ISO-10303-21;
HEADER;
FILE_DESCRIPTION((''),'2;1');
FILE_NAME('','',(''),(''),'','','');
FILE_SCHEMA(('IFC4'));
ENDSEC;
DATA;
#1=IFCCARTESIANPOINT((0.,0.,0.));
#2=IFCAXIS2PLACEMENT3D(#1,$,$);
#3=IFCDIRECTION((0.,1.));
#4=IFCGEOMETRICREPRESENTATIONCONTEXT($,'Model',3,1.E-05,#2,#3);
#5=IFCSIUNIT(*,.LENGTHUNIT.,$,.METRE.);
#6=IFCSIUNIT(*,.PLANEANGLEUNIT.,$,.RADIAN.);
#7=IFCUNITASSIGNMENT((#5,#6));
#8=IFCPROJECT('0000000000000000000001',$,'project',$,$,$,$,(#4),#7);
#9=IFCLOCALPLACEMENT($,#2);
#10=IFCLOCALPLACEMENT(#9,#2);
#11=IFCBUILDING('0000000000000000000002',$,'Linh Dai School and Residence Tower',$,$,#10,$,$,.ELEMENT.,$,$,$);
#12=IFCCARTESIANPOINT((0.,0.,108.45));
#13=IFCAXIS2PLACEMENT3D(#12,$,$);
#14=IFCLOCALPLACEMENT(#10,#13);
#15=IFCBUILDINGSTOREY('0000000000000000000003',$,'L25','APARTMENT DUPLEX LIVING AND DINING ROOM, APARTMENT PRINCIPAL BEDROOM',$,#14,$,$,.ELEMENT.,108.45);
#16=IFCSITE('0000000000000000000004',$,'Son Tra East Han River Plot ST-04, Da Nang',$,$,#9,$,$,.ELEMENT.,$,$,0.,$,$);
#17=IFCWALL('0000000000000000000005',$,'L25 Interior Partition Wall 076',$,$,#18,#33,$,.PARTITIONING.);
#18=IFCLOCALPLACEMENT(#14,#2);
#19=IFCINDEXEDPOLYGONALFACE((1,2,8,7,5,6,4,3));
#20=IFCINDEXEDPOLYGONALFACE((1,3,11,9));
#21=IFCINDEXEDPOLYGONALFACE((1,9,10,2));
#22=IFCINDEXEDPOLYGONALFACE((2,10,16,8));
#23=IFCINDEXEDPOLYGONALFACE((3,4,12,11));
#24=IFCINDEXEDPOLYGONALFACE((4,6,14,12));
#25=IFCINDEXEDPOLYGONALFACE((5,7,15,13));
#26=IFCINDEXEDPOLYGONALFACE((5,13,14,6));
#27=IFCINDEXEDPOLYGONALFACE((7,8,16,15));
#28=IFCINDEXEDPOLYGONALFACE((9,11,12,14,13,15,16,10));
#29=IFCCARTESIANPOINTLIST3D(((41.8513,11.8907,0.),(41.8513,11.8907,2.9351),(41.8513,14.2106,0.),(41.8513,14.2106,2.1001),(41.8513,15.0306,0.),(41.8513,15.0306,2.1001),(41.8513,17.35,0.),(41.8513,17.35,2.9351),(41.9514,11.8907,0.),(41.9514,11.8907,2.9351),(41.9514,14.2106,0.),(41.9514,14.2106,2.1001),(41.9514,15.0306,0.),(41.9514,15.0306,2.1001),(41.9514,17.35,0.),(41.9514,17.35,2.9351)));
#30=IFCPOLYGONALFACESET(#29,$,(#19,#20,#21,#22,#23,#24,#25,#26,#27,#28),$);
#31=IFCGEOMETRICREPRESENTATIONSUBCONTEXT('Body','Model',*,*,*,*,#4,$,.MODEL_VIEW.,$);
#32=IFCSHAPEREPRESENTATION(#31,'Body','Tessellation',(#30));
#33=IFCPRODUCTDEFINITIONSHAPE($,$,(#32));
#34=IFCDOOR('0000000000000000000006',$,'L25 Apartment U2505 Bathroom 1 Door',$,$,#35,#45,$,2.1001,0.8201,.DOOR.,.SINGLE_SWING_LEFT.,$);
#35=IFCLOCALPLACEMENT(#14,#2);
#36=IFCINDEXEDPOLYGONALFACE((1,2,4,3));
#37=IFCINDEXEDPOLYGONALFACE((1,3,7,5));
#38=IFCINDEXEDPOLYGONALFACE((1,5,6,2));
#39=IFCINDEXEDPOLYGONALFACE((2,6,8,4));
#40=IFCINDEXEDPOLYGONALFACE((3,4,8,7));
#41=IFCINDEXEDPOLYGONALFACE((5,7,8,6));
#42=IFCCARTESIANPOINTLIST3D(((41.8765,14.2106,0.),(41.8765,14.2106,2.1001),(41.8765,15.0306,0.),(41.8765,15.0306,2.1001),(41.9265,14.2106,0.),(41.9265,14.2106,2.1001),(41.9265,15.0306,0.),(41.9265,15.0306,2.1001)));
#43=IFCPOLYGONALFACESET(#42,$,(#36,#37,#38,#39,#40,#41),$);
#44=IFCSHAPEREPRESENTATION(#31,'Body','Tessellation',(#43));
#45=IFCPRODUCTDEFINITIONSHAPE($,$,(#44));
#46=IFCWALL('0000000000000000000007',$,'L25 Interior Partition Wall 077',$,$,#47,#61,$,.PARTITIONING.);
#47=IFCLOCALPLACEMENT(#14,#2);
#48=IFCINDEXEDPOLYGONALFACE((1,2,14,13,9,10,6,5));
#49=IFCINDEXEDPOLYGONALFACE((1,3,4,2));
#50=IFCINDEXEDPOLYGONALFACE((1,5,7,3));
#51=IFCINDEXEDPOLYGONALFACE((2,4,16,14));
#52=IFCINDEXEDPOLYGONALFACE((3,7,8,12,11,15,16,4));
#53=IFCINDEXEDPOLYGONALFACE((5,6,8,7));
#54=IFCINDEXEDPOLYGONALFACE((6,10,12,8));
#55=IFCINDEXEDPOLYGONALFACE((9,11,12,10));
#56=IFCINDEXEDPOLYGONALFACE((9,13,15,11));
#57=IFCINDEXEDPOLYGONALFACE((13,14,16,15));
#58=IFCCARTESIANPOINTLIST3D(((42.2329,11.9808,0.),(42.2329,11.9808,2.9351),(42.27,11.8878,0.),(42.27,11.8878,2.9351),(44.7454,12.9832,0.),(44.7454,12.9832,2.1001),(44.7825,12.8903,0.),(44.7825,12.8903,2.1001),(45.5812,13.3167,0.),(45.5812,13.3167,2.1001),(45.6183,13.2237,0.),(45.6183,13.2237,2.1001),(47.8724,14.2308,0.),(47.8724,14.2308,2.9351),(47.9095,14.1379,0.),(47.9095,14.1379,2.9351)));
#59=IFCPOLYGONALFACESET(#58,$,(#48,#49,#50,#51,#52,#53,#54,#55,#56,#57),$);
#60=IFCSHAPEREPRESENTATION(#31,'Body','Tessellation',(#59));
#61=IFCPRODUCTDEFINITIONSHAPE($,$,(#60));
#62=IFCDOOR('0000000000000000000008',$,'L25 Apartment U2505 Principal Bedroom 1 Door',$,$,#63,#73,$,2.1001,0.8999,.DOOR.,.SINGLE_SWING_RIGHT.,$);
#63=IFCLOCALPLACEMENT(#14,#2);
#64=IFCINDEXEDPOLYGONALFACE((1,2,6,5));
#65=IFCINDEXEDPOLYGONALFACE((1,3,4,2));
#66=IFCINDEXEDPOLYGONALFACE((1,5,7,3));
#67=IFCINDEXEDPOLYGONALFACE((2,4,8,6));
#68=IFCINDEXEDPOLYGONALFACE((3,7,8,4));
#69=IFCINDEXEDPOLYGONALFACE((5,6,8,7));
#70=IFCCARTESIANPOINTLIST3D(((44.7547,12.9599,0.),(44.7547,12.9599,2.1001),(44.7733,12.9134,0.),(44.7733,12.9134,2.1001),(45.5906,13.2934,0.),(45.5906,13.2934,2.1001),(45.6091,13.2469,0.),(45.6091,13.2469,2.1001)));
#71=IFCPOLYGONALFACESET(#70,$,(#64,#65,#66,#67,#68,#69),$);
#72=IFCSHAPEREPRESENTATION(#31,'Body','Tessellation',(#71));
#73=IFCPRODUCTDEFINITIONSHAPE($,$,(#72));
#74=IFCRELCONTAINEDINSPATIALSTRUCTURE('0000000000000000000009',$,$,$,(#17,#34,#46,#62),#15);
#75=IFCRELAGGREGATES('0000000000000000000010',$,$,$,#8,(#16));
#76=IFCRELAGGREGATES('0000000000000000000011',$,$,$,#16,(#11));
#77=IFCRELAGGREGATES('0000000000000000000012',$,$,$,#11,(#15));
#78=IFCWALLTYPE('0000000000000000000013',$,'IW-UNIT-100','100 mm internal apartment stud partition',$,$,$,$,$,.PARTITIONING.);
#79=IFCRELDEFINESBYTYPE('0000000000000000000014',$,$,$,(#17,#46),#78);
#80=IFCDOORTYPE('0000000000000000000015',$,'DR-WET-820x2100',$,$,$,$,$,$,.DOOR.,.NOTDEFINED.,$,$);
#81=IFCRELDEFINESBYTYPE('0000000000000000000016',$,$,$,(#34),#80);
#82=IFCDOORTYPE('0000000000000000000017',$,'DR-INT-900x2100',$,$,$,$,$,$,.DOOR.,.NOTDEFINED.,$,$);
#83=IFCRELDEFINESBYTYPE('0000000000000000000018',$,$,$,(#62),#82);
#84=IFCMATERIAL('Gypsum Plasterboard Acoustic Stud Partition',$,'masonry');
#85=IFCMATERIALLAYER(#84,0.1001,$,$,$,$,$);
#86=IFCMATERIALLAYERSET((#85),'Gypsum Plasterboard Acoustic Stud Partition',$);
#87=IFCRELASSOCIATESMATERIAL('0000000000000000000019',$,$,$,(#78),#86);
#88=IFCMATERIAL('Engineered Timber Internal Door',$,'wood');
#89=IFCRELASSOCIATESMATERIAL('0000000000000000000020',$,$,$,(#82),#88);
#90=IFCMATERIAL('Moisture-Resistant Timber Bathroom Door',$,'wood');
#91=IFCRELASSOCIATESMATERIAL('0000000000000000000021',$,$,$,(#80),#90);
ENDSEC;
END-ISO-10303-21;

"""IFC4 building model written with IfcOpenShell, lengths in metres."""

from ifc_helpers import new_model, si_unit, direction, frame, frame_2d, origin, origin_2d, place, context, subcontext, project, spatial, rectangle, extrude, source, transform, mapped, material, layer, layer_set, type_object, element, fill, save


model = new_model("IFC4")

# Units and contexts
model_context = context("Model", 3, precision=1e-05, world=origin(), true_north=direction((0.0, 1.0)))
body_context = subcontext(model_context, "Body", "Model", "MODEL_VIEW")
ifc_project = project(units=[si_unit("LENGTHUNIT", "METRE"), si_unit("PLANEANGLEUNIT", "RADIAN")], contexts=[model_context])

# Site, building, storey
site_placement = place(None, origin())
site = spatial("IfcSite", under=ifc_project, at=site_placement, Name="Son Tra East Han River Plot ST-04, Da Nang", CompositionType="ELEMENT", RefElevation=0.0)
building_placement = place(site_placement, origin())
building = spatial("IfcBuilding", under=site, at=building_placement, Name="Linh Dai School and Residence Tower", CompositionType="ELEMENT")
storey_placement = place(building_placement, frame((0.0, 0.0, 108.45)))
storey = spatial("IfcBuildingStorey", under=building, at=storey_placement, Name="L25", Description="APARTMENT DUPLEX LIVING AND DINING ROOM, APARTMENT PRINCIPAL BEDROOM", CompositionType="ELEMENT", Elevation=108.45)

# Shared definitions
ifc_material_1 = material(Name="Gypsum Plasterboard Acoustic Stud Partition", Category="masonry")
ifc_layer_1 = layer(ifc_material_1, 0.1001)
ifc_layer_set_1 = layer_set([ifc_layer_1], Name="Gypsum Plasterboard Acoustic Stud Partition")
wall_type_1 = type_object("IfcWallType", Name="IW-UNIT-100", Description="100 mm internal apartment stud partition", PredefinedType="PARTITIONING", material=ifc_layer_set_1)

# Walls, openings, doors
ifc_material_2 = material(Name="Engineered Timber Internal Door", Category="wood")
door_type_1 = type_object("IfcDoorType", Name="DR-INT-900x2100", OperationType="NOTDEFINED", PredefinedType="DOOR", material=ifc_material_2)
shared_shape_1 = source(origin(), body_context, "Body", "SweptSolid", [
    extrude(rectangle(XDim=0.8999, YDim=2.1001, at=origin_2d()), frame((0.45, 0.0249, 1.05), z_axis=(0.0, -1.0, 0.0), x_axis=(1.0, 0.0, 0.0)), (0.0, 0.0, 1.0), 0.05),
])
ifc_material_3 = material(Name="Moisture-Resistant Timber Bathroom Door", Category="wood")
door_type_2 = type_object("IfcDoorType", Name="DR-WET-820x2100", OperationType="NOTDEFINED", PredefinedType="DOOR", material=ifc_material_3)
shared_shape_2 = source(origin(), body_context, "Body", "SweptSolid", [
    extrude(rectangle(XDim=0.8201, YDim=2.1001, at=origin_2d()), frame((0.4102, 0.0249, 1.05), z_axis=(0.0, -1.0, 0.0), x_axis=(1.0, 0.0, 0.0)), (0.0, 0.0, 1.0), 0.05),
])
wall_1_placement = place(storey_placement, frame((41.9014, 11.8909, 0.0), z_axis=(0.0, 0.0, 1.0), x_axis=(0.0, 1.0, 0.0)))
wall_1 = element("IfcWall", 1, at=wall_1_placement, inside=storey, type_object=wall_type_1, Name="L25 Interior Partition Wall 076", PredefinedType="PARTITIONING", context=body_context, shape_type="SweptSolid", body=[
    extrude(rectangle(XDim=5.4592, YDim=0.1001, at=frame_2d((2.7295, 0.0))), origin(), (0.0, 0.0, 1.0), 2.9351),
])
opening_1_placement = place(wall_1_placement, frame((2.3196, 0.0, 0.0)))
opening_1 = element("IfcOpeningElement", 2, at=opening_1_placement, cuts=wall_1, PredefinedType="OPENING", context=body_context, shape_type="SweptSolid", body=[
    extrude(rectangle(XDim=0.8201, YDim=2.1001, at=origin_2d()), frame((0.4102, 0.0601, 1.05), z_axis=(0.0, -1.0, 0.0), x_axis=(1.0, 0.0, 0.0)), (0.0, 0.0, 1.0), 0.1201),
])
door_1_placement = place(opening_1_placement, origin())
door_1 = element("IfcDoor", 3, at=door_1_placement, inside=storey, type_object=door_type_2, Name="L25 Apartment U2505 Bathroom 1 Door", OperationType="SINGLE_SWING_LEFT", OverallHeight=2.1001, OverallWidth=0.8201, PredefinedType="DOOR", context=body_context, shape_type="MappedRepresentation", body=[
    mapped(shared_shape_2, transform((0.0, 0.0, 0.0), x_axis=(1.0, 0.0, 0.0), y_axis=(0.0, 1.0, 0.0), z_axis=(0.0, 0.0, 1.0), scale=1.0)),
])
fill(opening_1, door_1)
wall_2_placement = place(storey_placement, frame((42.2515, 11.9343, 0.0), z_axis=(0.0, 0.0, 1.0), x_axis=(0.928804, 0.370572, 0.0)))
wall_2 = element("IfcWall", 4, at=wall_2_placement, inside=storey, type_object=wall_type_1, Name="L25 Interior Partition Wall 077", PredefinedType="PARTITIONING", context=body_context, shape_type="SweptSolid", body=[
    extrude(rectangle(XDim=6.0718, YDim=0.1001, at=frame_2d((3.0359, 0.0))), origin(), (0.0, 0.0, 1.0), 2.9351),
])
opening_2_placement = place(wall_2_placement, frame((2.7051, 0.0, 0.0)))
opening_2 = element("IfcOpeningElement", 5, at=opening_2_placement, cuts=wall_2, PredefinedType="OPENING", context=body_context, shape_type="SweptSolid", body=[
    extrude(rectangle(XDim=0.8999, YDim=2.1001, at=origin_2d()), frame((0.45, 0.0601, 1.05), z_axis=(0.0, -1.0, 0.0), x_axis=(1.0, 0.0, 0.0)), (0.0, 0.0, 1.0), 0.1201),
])
door_2_placement = place(opening_2_placement, origin())
door_2 = element("IfcDoor", 6, at=door_2_placement, inside=storey, type_object=door_type_1, Name="L25 Apartment U2505 Principal Bedroom 1 Door", OperationType="SINGLE_SWING_RIGHT", OverallHeight=2.1001, OverallWidth=0.8999, PredefinedType="DOOR", context=body_context, shape_type="MappedRepresentation", body=[
    mapped(shared_shape_1, transform((0.0, 0.0, 0.0), x_axis=(1.0, 0.0, 0.0), y_axis=(0.0, 1.0, 0.0), z_axis=(0.0, 0.0, 1.0), scale=1.0)),
])
fill(opening_2, door_2)

save(model, "model.ifc")
